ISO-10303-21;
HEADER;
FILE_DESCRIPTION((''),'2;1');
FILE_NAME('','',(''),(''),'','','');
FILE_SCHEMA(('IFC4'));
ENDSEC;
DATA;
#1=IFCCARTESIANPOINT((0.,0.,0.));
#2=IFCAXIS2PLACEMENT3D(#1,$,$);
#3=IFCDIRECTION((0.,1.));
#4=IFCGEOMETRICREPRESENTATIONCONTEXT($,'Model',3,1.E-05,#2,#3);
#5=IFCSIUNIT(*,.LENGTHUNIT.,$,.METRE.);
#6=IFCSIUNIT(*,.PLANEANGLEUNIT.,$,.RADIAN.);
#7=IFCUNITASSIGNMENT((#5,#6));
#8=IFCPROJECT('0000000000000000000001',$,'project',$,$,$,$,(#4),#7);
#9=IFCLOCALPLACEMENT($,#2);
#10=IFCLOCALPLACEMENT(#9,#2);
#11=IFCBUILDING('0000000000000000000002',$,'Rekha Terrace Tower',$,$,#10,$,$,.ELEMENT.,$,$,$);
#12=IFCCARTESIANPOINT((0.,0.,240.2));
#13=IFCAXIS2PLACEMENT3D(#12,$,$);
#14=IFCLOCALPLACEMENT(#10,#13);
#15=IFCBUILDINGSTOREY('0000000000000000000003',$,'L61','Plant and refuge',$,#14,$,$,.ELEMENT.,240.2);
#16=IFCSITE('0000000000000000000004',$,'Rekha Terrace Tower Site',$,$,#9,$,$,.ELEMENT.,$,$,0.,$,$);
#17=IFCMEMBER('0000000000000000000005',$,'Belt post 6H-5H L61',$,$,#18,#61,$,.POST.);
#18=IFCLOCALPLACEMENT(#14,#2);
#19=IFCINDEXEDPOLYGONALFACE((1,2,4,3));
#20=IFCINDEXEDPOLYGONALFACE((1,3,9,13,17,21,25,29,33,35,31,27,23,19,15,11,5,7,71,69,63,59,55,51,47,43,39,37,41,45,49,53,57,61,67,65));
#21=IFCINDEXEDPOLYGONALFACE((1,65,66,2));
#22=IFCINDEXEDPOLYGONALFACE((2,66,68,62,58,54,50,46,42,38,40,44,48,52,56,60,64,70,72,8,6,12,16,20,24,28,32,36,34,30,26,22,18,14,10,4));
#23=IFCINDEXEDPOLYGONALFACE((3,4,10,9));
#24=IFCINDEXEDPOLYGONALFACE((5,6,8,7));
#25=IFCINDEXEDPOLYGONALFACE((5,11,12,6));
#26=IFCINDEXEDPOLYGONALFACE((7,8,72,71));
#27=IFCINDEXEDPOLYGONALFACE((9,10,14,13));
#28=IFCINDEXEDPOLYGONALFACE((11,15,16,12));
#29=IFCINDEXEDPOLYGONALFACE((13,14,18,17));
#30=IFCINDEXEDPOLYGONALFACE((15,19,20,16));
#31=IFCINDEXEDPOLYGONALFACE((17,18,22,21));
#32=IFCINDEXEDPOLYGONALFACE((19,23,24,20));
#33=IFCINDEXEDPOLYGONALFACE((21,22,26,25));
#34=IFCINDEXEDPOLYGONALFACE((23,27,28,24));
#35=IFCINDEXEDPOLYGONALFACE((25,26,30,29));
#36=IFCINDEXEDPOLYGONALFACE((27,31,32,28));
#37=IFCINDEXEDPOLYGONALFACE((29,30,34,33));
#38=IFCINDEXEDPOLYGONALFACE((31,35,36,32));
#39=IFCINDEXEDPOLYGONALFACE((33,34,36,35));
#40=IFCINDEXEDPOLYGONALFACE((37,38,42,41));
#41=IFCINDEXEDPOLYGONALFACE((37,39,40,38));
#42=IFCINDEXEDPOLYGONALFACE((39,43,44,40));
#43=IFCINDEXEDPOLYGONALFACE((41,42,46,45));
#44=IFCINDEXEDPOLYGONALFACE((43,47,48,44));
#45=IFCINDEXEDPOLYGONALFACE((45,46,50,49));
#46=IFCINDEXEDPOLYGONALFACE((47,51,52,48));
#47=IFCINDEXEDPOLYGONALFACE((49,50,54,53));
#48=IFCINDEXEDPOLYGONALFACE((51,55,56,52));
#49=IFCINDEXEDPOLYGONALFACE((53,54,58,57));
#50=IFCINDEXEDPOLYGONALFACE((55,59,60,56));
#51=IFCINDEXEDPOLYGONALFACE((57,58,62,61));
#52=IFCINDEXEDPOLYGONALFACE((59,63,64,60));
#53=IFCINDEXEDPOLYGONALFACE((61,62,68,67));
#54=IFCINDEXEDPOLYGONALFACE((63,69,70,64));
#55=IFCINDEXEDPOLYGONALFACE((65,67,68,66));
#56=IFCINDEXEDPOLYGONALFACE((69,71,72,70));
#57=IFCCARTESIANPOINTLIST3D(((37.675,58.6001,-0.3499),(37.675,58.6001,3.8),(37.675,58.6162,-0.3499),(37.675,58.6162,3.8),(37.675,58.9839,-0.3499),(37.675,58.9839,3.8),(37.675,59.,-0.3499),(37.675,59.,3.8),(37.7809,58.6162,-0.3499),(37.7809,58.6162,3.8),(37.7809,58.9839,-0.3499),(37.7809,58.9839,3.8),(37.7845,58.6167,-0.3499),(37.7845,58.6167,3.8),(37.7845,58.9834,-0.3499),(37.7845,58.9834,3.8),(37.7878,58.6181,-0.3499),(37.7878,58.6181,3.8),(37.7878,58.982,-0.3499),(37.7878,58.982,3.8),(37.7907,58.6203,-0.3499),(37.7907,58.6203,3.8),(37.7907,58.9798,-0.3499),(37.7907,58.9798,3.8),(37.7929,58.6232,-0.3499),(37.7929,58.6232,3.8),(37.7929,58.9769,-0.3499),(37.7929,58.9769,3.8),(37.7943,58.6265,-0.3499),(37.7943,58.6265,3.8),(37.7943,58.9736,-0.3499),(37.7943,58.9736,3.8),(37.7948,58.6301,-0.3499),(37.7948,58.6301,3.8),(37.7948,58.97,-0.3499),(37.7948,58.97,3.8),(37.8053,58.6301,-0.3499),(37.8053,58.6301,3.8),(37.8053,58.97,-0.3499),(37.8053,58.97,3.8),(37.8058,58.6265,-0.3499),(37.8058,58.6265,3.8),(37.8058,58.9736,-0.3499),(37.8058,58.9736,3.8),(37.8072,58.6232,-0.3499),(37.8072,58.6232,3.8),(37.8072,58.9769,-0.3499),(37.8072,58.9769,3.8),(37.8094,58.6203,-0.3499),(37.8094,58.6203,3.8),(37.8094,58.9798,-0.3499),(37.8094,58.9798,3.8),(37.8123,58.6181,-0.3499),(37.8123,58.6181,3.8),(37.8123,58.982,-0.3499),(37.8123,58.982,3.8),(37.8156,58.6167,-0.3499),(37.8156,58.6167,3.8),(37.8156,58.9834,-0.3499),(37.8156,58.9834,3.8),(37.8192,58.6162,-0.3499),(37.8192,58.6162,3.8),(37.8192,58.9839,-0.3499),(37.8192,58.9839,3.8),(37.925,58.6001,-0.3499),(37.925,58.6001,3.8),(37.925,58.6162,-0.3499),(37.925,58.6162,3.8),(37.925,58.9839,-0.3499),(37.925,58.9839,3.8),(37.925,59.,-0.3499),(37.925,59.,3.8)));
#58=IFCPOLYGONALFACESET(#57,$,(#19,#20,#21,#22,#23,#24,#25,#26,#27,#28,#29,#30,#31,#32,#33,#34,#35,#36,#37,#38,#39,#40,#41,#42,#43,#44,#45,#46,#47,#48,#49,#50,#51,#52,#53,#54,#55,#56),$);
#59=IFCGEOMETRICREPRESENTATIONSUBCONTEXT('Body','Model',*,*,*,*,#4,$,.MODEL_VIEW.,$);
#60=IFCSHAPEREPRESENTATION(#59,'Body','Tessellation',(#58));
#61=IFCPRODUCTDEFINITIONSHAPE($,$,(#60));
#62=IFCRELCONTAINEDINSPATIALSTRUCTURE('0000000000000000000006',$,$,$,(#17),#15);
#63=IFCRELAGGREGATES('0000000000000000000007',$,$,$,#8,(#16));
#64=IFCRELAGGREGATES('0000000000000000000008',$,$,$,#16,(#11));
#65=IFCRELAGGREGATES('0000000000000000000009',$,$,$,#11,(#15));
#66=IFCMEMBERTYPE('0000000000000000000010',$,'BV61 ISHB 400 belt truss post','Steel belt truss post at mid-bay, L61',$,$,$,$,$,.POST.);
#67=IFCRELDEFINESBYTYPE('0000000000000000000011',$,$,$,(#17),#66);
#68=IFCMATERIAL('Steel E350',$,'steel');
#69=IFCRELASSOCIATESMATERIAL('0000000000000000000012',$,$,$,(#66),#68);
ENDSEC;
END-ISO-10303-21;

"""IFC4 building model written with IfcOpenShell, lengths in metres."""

from ifc_helpers import new_model, si_unit, direction, frame, origin, origin_2d, place, context, subcontext, project, spatial, i_section, extrude, material, material_profile, profile_set, type_object, element, save


model = new_model("IFC4")

# Units and contexts
model_context = context("Model", 3, precision=1e-05, world=origin(), true_north=direction((0.0, 1.0)))
body_context = subcontext(model_context, "Body", "Model", "MODEL_VIEW")
ifc_project = project(units=[si_unit("LENGTHUNIT", "METRE"), si_unit("PLANEANGLEUNIT", "RADIAN")], contexts=[model_context])

# Site, building, storey
site_placement = place(None, origin())
site = spatial("IfcSite", under=ifc_project, at=site_placement, Name="Rekha Terrace Tower Site", CompositionType="ELEMENT", RefElevation=0.0)
building_placement = place(site_placement, origin())
building = spatial("IfcBuilding", under=site, at=building_placement, Name="Rekha Terrace Tower", CompositionType="ELEMENT")
storey_placement = place(building_placement, frame((0.0, 0.0, 240.2)))
storey = spatial("IfcBuildingStorey", under=building, at=storey_placement, Name="L61", Description="Plant and refuge", CompositionType="ELEMENT", Elevation=240.2)

# Member
ifc_material_1 = material(Name="Steel E350", Category="steel")
ifc_material_profile_1 = material_profile(ifc_material_1, i_section(OverallWidth=0.25, OverallDepth=0.3999, WebThickness=0.0105, FlangeThickness=0.0161, FilletRadius=0.0139, at=origin_2d()), Name="ISHB 400")
ifc_profile_set_1 = profile_set([ifc_material_profile_1], Name="Steel E350")
member_type_1 = type_object("IfcMemberType", Name="BV61 ISHB 400 belt truss post", Description="Steel belt truss post at mid-bay, L61", PredefinedType="POST", material=ifc_profile_set_1)
member_1_placement = place(storey_placement, frame((37.8, 58.8, -0.3499), z_axis=(0.0, 0.0, 1.0), x_axis=(1.0, 0.0, 0.0)))
element("IfcMember", 1, at=member_1_placement, inside=storey, type_object=member_type_1, Name="Belt post 6H-5H L61", PredefinedType="POST", context=body_context, shape_type="SweptSolid", body=[
    extrude(i_section(OverallWidth=0.25, OverallDepth=0.3999, WebThickness=0.0105, FlangeThickness=0.0161, FilletRadius=0.0139, at=origin_2d()), origin(), (0.0, 0.0, 1.0), 4.1499),
])

save(model, "model.ifc")
